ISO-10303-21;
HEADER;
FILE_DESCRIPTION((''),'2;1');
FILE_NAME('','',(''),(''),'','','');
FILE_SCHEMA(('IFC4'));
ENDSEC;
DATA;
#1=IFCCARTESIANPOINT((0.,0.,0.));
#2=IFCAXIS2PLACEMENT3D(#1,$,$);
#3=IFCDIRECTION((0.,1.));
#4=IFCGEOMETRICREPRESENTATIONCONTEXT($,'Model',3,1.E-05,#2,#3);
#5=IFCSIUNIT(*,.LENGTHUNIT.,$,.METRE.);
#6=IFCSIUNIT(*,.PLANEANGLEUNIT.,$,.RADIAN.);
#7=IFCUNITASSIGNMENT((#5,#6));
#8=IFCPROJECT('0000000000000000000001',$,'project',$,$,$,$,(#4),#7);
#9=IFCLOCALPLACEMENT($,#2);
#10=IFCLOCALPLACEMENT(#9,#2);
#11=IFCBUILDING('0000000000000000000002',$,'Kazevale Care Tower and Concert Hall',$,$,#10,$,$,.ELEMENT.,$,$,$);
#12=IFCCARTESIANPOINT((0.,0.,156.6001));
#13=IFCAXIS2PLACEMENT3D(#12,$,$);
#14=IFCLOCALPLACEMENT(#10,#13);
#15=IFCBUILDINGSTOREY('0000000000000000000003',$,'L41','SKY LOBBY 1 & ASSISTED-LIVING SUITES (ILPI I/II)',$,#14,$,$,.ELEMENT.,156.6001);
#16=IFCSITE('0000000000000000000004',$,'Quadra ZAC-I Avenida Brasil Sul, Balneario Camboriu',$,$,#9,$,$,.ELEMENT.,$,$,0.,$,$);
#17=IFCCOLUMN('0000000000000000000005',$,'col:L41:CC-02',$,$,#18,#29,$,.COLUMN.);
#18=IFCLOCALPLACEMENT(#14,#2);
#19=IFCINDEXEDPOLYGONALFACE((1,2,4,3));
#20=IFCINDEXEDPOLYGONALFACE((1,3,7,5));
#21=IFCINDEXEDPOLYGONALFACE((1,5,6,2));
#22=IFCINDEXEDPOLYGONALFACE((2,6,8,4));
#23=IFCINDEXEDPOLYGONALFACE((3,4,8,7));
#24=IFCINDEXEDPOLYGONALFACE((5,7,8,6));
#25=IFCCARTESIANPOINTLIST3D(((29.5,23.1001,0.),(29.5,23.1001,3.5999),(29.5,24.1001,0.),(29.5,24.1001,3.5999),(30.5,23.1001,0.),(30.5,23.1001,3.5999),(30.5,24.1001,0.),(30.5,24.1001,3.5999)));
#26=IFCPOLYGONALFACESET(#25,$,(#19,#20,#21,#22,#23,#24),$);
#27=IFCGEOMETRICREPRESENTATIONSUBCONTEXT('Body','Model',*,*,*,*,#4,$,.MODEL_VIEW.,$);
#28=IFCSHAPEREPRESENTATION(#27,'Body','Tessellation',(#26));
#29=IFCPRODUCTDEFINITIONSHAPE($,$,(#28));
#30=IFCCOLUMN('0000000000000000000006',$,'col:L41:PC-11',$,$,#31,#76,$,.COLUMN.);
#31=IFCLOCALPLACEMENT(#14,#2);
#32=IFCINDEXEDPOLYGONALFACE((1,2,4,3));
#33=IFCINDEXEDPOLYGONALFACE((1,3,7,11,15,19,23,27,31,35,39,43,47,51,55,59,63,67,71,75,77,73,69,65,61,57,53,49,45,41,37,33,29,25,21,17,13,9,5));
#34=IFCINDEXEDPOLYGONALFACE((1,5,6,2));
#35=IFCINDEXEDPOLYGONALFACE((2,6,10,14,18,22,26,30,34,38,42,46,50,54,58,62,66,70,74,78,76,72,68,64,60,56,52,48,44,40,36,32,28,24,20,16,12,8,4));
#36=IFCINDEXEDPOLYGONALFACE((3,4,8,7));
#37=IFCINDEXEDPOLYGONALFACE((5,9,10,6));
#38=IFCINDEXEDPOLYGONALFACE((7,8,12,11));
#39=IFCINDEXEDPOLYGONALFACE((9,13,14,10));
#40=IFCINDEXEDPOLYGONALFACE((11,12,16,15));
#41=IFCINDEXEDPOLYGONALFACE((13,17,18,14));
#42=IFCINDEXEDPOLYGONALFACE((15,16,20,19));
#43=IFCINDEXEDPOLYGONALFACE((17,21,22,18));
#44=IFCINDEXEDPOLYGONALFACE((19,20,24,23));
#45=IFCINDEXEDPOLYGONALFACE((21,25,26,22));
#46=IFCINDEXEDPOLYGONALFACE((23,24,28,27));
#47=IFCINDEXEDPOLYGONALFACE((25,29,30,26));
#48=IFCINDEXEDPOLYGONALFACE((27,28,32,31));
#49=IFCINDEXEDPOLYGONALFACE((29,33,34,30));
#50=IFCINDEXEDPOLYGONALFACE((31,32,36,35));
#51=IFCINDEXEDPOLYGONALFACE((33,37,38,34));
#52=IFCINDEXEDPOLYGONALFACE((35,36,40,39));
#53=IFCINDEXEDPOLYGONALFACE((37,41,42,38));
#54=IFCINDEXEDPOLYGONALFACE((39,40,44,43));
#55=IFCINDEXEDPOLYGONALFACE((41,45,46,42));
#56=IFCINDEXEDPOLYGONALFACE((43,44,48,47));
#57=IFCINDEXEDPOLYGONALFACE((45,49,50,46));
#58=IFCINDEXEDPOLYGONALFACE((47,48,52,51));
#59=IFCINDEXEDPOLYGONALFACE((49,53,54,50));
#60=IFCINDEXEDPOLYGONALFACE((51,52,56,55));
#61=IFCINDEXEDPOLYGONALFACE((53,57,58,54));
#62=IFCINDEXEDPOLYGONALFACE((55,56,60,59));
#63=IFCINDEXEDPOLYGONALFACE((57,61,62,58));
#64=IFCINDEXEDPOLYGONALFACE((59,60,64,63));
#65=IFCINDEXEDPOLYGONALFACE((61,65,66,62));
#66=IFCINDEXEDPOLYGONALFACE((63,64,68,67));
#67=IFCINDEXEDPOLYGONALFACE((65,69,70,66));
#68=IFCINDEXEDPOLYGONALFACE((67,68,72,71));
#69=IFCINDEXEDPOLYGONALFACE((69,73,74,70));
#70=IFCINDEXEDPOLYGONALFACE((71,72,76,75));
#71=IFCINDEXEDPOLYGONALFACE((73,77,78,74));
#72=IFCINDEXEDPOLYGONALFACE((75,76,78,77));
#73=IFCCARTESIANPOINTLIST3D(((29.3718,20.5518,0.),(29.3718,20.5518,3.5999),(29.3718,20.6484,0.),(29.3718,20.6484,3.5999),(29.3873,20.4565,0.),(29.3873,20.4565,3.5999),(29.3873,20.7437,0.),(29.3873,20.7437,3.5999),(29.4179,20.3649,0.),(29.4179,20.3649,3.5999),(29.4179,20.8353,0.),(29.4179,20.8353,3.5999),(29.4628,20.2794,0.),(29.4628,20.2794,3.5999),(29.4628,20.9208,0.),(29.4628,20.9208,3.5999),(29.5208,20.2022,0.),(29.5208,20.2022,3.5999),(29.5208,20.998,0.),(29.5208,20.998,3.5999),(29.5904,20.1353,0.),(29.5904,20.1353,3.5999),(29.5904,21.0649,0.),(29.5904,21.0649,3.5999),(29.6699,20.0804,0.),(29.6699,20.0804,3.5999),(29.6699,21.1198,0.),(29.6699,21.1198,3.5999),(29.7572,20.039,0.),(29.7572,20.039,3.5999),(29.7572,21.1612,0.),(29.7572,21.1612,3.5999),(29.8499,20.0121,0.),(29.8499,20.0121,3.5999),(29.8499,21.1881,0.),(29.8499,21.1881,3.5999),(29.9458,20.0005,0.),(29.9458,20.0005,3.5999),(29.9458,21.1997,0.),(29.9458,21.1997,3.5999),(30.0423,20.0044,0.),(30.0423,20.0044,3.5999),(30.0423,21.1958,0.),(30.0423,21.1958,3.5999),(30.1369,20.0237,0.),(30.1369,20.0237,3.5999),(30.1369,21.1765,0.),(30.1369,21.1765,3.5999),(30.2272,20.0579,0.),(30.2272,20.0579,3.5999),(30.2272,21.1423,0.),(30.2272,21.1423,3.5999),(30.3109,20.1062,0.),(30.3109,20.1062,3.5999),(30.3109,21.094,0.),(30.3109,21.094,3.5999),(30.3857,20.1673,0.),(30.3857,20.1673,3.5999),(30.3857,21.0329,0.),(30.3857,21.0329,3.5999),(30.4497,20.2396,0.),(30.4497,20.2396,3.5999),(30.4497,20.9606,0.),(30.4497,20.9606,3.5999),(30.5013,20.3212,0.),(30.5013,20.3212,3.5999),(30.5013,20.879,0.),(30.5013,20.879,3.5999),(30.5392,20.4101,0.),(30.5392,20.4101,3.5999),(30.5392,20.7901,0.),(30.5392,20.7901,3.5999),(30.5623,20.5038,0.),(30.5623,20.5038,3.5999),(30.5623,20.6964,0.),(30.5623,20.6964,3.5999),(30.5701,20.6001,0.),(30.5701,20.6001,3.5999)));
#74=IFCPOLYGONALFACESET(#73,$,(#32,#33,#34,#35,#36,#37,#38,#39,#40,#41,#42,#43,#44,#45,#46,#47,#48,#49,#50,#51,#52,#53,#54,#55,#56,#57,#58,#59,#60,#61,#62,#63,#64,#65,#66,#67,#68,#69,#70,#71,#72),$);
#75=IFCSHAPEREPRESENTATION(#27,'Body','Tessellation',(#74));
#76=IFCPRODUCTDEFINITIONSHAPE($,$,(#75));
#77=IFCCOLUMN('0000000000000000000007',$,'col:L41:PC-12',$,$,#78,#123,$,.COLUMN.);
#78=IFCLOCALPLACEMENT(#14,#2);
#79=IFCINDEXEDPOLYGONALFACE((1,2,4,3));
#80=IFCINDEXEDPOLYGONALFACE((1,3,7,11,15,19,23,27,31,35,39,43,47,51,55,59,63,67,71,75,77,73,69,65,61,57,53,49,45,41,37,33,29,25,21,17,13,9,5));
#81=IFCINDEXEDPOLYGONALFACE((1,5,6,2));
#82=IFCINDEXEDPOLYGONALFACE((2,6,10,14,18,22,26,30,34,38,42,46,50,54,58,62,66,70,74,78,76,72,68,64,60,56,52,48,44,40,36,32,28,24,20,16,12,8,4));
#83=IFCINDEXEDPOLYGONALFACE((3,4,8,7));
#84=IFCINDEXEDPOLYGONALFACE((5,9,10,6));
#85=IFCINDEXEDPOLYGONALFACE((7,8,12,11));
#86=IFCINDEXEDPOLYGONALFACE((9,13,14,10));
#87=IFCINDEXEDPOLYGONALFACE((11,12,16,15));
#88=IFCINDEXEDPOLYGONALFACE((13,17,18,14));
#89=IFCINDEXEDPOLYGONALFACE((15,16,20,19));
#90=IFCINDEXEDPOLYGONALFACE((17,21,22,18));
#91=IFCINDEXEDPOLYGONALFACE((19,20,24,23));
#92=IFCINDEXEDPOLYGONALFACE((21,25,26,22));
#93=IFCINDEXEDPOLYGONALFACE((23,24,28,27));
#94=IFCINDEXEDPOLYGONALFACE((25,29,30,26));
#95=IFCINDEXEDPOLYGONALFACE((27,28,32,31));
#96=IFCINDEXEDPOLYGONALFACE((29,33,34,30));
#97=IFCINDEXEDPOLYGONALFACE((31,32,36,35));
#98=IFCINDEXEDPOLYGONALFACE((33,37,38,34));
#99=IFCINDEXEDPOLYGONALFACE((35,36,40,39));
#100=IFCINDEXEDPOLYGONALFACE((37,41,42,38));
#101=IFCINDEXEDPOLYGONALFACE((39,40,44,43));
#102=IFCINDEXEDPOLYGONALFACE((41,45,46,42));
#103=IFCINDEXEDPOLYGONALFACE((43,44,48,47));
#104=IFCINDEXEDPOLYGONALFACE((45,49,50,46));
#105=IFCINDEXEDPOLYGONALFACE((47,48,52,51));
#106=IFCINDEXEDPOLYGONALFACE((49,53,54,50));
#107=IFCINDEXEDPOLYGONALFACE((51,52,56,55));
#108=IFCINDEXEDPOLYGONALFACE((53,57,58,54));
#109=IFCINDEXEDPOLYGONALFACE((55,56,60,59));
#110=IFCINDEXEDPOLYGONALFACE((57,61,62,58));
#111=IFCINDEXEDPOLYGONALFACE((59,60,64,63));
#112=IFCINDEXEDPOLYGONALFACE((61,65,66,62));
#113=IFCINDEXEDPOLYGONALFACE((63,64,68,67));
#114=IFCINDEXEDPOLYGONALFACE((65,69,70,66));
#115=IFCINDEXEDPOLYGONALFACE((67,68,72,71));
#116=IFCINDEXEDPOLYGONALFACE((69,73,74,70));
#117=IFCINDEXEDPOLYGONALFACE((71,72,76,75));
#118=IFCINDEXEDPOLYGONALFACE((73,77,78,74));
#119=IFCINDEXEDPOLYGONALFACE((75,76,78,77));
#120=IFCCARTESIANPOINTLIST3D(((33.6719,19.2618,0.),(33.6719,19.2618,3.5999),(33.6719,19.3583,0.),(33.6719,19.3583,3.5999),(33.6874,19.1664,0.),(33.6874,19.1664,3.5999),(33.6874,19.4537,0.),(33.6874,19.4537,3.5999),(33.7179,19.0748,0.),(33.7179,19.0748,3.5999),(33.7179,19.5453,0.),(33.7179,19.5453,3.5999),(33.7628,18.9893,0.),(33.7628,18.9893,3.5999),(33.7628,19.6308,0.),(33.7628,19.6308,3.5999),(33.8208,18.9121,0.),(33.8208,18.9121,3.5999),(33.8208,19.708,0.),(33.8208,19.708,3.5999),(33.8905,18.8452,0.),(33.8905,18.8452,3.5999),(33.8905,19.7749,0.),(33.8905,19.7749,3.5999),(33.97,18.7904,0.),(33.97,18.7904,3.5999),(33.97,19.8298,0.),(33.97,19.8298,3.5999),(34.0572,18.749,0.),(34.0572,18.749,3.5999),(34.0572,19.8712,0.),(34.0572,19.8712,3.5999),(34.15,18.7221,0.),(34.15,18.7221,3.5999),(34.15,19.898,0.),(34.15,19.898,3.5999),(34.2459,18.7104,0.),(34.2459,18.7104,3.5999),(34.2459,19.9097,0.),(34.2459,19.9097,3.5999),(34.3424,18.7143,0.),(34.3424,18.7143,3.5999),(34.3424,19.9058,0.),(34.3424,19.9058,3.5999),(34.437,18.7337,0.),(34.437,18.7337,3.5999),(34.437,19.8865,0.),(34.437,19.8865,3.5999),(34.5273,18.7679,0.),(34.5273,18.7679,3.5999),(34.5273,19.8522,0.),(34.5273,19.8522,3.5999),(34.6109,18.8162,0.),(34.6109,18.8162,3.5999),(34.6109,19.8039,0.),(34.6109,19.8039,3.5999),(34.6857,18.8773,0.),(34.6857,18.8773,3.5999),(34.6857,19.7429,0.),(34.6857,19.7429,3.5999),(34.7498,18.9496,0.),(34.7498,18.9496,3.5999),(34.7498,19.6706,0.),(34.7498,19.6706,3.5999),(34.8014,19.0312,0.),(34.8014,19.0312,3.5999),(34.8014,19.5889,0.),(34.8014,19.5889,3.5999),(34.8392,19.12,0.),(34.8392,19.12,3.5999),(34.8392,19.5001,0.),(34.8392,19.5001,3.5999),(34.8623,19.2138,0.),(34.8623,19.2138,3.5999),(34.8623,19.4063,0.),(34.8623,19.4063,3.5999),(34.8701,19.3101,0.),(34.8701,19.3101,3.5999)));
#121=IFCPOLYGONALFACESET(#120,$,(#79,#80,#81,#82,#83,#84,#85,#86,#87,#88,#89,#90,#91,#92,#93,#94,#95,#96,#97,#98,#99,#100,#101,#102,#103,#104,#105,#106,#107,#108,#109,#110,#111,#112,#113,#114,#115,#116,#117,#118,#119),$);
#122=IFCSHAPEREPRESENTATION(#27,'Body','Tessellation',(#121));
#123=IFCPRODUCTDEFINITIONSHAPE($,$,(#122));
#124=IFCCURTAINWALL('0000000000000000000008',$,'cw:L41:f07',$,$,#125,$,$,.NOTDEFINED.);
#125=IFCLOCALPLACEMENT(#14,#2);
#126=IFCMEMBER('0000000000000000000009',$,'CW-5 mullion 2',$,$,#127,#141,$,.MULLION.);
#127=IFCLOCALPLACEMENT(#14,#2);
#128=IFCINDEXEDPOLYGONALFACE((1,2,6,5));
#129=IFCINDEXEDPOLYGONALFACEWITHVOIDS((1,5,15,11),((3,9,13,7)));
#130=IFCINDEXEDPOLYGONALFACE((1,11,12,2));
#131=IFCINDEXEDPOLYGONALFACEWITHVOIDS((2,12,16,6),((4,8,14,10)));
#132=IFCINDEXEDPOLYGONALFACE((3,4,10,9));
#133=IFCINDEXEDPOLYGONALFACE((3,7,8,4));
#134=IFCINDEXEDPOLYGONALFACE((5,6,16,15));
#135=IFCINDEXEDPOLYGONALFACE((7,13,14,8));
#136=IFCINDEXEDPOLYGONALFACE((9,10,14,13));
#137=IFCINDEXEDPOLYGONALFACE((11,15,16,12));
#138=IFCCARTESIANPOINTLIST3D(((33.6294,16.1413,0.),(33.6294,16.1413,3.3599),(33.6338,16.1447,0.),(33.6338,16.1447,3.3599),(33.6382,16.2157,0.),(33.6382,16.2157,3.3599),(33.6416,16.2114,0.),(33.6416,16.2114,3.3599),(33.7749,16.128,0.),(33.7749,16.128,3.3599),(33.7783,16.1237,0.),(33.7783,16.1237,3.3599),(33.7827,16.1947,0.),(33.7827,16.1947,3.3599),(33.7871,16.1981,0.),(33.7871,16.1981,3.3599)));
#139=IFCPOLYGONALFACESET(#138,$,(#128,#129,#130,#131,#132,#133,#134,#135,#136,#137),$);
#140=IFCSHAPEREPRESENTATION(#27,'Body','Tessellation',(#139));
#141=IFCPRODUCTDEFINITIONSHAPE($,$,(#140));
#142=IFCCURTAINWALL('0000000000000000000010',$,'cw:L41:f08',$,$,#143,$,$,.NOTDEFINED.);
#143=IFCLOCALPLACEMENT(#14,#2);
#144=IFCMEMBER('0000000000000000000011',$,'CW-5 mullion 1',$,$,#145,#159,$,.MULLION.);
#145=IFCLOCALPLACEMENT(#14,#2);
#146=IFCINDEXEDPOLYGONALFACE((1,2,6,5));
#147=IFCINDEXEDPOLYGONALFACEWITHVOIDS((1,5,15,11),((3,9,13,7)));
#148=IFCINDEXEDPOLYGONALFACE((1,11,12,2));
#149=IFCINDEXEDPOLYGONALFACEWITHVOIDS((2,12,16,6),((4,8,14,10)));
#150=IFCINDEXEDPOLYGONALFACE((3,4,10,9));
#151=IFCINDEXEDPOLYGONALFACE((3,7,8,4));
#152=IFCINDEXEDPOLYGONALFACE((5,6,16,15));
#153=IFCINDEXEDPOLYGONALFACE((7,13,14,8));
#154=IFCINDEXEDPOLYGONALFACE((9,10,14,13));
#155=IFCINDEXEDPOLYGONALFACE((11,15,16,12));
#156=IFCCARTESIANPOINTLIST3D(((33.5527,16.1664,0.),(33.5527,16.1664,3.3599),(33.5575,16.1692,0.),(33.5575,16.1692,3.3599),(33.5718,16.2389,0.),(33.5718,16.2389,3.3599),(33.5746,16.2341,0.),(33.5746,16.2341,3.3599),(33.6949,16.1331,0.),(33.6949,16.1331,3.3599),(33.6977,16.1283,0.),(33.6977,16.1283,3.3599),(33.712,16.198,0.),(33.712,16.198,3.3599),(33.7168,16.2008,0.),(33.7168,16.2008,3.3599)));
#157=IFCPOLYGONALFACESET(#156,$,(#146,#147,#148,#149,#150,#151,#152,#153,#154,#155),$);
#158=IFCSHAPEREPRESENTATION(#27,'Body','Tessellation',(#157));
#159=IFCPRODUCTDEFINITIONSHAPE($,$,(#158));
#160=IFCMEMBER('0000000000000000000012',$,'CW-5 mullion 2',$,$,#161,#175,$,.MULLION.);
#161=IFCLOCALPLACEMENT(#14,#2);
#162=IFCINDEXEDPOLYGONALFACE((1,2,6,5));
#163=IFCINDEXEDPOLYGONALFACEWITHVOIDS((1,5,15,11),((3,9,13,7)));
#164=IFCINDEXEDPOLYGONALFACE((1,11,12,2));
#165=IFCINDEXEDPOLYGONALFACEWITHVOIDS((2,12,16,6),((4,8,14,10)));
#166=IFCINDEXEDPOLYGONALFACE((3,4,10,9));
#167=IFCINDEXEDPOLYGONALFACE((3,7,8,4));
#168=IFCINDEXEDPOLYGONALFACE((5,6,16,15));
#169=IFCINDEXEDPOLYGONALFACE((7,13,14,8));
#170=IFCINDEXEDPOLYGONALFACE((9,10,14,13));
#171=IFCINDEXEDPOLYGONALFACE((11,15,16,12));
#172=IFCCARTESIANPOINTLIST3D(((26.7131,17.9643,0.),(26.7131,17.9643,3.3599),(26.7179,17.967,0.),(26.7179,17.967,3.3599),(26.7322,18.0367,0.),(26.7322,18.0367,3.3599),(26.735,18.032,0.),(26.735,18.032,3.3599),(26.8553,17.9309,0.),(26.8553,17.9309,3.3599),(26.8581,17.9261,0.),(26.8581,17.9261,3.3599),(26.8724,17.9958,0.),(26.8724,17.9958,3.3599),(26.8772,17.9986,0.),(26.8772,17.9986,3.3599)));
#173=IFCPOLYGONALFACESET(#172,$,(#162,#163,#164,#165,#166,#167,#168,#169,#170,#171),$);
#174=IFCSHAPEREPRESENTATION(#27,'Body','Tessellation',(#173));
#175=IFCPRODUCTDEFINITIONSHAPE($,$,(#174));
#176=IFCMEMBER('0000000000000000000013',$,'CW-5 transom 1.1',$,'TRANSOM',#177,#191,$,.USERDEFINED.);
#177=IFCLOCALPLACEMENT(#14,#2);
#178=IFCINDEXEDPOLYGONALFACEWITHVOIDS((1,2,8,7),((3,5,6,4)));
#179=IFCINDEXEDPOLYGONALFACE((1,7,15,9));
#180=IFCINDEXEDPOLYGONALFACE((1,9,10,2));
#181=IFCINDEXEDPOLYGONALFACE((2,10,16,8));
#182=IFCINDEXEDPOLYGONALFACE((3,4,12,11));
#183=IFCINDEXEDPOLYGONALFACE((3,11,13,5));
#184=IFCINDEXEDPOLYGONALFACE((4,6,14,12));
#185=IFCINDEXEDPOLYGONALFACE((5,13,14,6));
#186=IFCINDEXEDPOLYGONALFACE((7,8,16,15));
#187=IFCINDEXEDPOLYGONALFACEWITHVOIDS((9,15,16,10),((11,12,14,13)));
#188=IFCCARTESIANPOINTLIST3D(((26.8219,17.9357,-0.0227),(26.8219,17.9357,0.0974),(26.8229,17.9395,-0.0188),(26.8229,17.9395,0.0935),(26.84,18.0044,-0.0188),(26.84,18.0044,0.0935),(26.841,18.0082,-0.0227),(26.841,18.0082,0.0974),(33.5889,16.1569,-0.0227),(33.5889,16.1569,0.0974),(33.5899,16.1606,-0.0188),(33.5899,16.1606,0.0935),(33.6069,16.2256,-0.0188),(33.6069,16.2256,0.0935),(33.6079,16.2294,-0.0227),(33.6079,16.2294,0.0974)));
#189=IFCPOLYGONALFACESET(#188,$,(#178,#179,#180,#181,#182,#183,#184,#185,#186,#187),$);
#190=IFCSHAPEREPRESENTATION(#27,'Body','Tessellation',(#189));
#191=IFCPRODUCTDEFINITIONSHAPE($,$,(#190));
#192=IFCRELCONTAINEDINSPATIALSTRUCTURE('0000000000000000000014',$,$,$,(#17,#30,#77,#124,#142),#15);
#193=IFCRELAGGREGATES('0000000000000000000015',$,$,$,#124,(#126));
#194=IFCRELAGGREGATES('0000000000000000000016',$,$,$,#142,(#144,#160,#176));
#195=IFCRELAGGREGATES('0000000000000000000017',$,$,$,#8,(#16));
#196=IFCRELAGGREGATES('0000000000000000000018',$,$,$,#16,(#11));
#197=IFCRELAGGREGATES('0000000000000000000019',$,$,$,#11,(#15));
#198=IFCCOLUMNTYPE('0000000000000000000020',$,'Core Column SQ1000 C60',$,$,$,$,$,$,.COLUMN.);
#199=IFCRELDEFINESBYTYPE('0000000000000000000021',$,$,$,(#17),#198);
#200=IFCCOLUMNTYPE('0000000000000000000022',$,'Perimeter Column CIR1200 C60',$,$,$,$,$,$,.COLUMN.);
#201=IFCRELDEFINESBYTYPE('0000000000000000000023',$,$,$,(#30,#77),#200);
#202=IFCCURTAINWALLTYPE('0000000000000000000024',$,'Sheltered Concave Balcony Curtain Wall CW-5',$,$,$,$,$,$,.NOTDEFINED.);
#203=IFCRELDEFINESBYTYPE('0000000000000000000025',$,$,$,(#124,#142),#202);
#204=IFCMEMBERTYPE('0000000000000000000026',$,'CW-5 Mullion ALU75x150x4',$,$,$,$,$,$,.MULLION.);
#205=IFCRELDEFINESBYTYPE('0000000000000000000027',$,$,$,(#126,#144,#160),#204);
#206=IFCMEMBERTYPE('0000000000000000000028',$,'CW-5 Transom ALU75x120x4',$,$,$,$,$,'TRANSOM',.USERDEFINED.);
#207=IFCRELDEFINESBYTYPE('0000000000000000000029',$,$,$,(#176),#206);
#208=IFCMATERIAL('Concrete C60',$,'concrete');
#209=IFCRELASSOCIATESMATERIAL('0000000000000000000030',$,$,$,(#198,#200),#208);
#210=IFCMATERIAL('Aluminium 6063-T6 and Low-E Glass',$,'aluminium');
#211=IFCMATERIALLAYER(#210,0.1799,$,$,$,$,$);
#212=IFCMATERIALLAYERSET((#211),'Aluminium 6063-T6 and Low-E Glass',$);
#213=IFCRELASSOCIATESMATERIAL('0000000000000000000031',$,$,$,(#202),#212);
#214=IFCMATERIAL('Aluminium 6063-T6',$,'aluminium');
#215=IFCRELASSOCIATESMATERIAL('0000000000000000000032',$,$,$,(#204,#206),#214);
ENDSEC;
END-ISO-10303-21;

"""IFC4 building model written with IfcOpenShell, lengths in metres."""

from ifc_helpers import new_model, si_unit, direction, frame, origin, origin_2d, place, context, subcontext, project, spatial, rectangle, hollow_rectangle, circle, extrude, material, layer, layer_set, material_profile, profile_set, type_object, element, aggregate, save


model = new_model("IFC4")

# Units and contexts
model_context = context("Model", 3, precision=1e-05, world=origin(), true_north=direction((0.0, 1.0)))
body_context = subcontext(model_context, "Body", "Model", "MODEL_VIEW")
ifc_project = project(units=[si_unit("LENGTHUNIT", "METRE"), si_unit("PLANEANGLEUNIT", "RADIAN")], contexts=[model_context])

# Site, building, storey
site_placement = place(None, origin())
site = spatial("IfcSite", under=ifc_project, at=site_placement, Name="Quadra ZAC-I Avenida Brasil Sul, Balneario Camboriu", CompositionType="ELEMENT", RefElevation=0.0)
building_placement = place(site_placement, origin())
building = spatial("IfcBuilding", under=site, at=building_placement, Name="Kazevale Care Tower and Concert Hall", CompositionType="ELEMENT")
storey_placement = place(building_placement, frame((0.0, 0.0, 156.6001)))
storey = spatial("IfcBuildingStorey", under=building, at=storey_placement, Name="L41", Description="SKY LOBBY 1 & ASSISTED-LIVING SUITES (ILPI I/II)", CompositionType="ELEMENT", Elevation=156.6001)

# Columns
ifc_material_1 = material(Name="Concrete C60", Category="concrete")
ifc_material_profile_1 = material_profile(ifc_material_1, rectangle(XDim=1.0, YDim=1.0, at=origin_2d()), Name="RC-SQ1000")
ifc_profile_set_1 = profile_set([ifc_material_profile_1], Name="Concrete C60")
column_type_1 = type_object("IfcColumnType", Name="Core Column SQ1000 C60", PredefinedType="COLUMN", material=ifc_profile_set_1)
column_placement = place(storey_placement, frame((30.0, 23.6001, 0.0), z_axis=(0.0, 0.0, 1.0), x_axis=(1.0, 0.0, 0.0)))
element("IfcColumn", 1, at=column_placement, inside=storey, type_object=column_type_1, Name="col:L41:CC-02", PredefinedType="COLUMN", context=body_context, shape_type="SweptSolid", body=[
    extrude(rectangle(XDim=1.0, YDim=1.0, at=origin_2d()), origin(), (0.0, 0.0, 1.0), 3.5999),
])
ifc_material_profile_2 = material_profile(ifc_material_1, circle(Radius=0.6001, at=origin_2d()), Name="RC-CIR1200")
ifc_profile_set_2 = profile_set([ifc_material_profile_2], Name="Concrete C60")
column_type_2 = type_object("IfcColumnType", Name="Perimeter Column CIR1200 C60", PredefinedType="COLUMN", material=ifc_profile_set_2)
for number, where, z_axis, x_axis, name in (
    (2, (29.97, 20.6001, 0.0), (0.0, 0.0, 1.0), (1.0, 0.0, 0.0), "col:L41:PC-11"),
    (3, (34.27, 19.3101, 0.0), (0.0, 0.0, 1.0), (1.0, 0.0, 0.0), "col:L41:PC-12"),
):
    element("IfcColumn", number, at=place(storey_placement, frame(where, z_axis=z_axis, x_axis=x_axis)), inside=storey, type_object=column_type_2, Name=name, PredefinedType="COLUMN", context=body_context, shape_type="SweptSolid", body=[
        extrude(circle(Radius=0.6001, at=origin_2d()), origin(), (0.0, 0.0, 1.0), 3.5999),
    ])

# Curtain wall, member
ifc_material_2 = material(Name="Aluminium 6063-T6 and Low-E Glass", Category="aluminium")
ifc_layer_1 = layer(ifc_material_2, 0.1799)
ifc_layer_set_1 = layer_set([ifc_layer_1], Name="Aluminium 6063-T6 and Low-E Glass")
curtain_wall_type = type_object("IfcCurtainWallType", Name="Sheltered Concave Balcony Curtain Wall CW-5", PredefinedType="NOTDEFINED", material=ifc_layer_set_1)
curtain_wall_1_placement = place(storey_placement, origin())
curtain_wall_1 = element("IfcCurtainWall", 4, at=curtain_wall_1_placement, inside=storey, type_object=curtain_wall_type, Name="cw:L41:f07", PredefinedType="NOTDEFINED")
ifc_material_3 = material(Name="Aluminium 6063-T6", Category="aluminium")
ifc_material_profile_3 = material_profile(ifc_material_3, hollow_rectangle(XDim=0.075, YDim=0.1499, WallThickness=0.0039, at=origin_2d()), Name="ALU75x150x4")
ifc_profile_set_3 = profile_set([ifc_material_profile_3], Name="Aluminium 6063-T6")
member_type_1 = type_object("IfcMemberType", Name="CW-5 Mullion ALU75x150x4", PredefinedType="MULLION", material=ifc_profile_set_3)
member_1_placement = place(storey_placement, frame((33.7083, 16.1697, 0.0), z_axis=(0.0, 0.0, 1.0), x_axis=(-0.117372, -0.993088, 0.0)))
member_1 = element("IfcMember", 5, at=member_1_placement, type_object=member_type_1, Name="CW-5 mullion 2", PredefinedType="MULLION", context=body_context, shape_type="SweptSolid", body=[
    extrude(hollow_rectangle(XDim=0.075, YDim=0.1499, WallThickness=0.0039, at=origin_2d()), origin(), (0.0, 0.0, 1.0), 3.3599),
])
aggregate(curtain_wall_1, [member_1])

# Curtain wall, members
curtain_wall_2_placement = place(storey_placement, origin())
curtain_wall_2 = element("IfcCurtainWall", 6, at=curtain_wall_2_placement, inside=storey, type_object=curtain_wall_type, Name="cw:L41:f08", PredefinedType="NOTDEFINED")
member_2_placement = place(storey_placement, frame((33.6348, 16.1836, 0.0), z_axis=(0.0, 0.0, 1.0), x_axis=(-0.254238, -0.967142, 0.0)))
member_2 = element("IfcMember", 7, at=member_2_placement, type_object=member_type_1, Name="CW-5 mullion 1", PredefinedType="MULLION", context=body_context, shape_type="SweptSolid", body=[
    extrude(hollow_rectangle(XDim=0.075, YDim=0.1499, WallThickness=0.0039, at=origin_2d()), origin(), (0.0, 0.0, 1.0), 3.3599),
])
member_3_placement = place(storey_placement, frame((26.7952, 17.9814, 0.0), z_axis=(0.0, 0.0, 1.0), x_axis=(-0.254238, -0.967142, 0.0)))
member_3 = element("IfcMember", 8, at=member_3_placement, type_object=member_type_1, Name="CW-5 mullion 2", PredefinedType="MULLION", context=body_context, shape_type="SweptSolid", body=[
    extrude(hollow_rectangle(XDim=0.075, YDim=0.1499, WallThickness=0.0039, at=origin_2d()), origin(), (0.0, 0.0, 1.0), 3.3599),
])
ifc_material_profile_4 = material_profile(ifc_material_3, hollow_rectangle(XDim=0.075, YDim=0.1201, WallThickness=0.0039, at=origin_2d()), Name="ALU75x120x4")
ifc_profile_set_4 = profile_set([ifc_material_profile_4], Name="Aluminium 6063-T6")
member_type_2 = type_object("IfcMemberType", Name="CW-5 Transom ALU75x120x4", ElementType="TRANSOM", PredefinedType="USERDEFINED", material=ifc_profile_set_4)
member_4_placement = place(storey_placement, frame((33.5984, 16.1931, 0.0374), z_axis=(-0.967143, 0.254234, 0.0), x_axis=(-0.254234, -0.967143, 0.0)))
member_4 = element("IfcMember", 9, at=member_4_placement, type_object=member_type_2, Name="CW-5 transom 1.1", ObjectType="TRANSOM", PredefinedType="USERDEFINED", context=body_context, shape_type="SweptSolid", body=[
    extrude(hollow_rectangle(XDim=0.075, YDim=0.1201, WallThickness=0.0039, at=origin_2d()), origin(), (0.0, 0.0, 1.0), 6.9968),
])

aggregate(curtain_wall_2, [member_2, member_3, member_4])

save(model, "model.ifc")
